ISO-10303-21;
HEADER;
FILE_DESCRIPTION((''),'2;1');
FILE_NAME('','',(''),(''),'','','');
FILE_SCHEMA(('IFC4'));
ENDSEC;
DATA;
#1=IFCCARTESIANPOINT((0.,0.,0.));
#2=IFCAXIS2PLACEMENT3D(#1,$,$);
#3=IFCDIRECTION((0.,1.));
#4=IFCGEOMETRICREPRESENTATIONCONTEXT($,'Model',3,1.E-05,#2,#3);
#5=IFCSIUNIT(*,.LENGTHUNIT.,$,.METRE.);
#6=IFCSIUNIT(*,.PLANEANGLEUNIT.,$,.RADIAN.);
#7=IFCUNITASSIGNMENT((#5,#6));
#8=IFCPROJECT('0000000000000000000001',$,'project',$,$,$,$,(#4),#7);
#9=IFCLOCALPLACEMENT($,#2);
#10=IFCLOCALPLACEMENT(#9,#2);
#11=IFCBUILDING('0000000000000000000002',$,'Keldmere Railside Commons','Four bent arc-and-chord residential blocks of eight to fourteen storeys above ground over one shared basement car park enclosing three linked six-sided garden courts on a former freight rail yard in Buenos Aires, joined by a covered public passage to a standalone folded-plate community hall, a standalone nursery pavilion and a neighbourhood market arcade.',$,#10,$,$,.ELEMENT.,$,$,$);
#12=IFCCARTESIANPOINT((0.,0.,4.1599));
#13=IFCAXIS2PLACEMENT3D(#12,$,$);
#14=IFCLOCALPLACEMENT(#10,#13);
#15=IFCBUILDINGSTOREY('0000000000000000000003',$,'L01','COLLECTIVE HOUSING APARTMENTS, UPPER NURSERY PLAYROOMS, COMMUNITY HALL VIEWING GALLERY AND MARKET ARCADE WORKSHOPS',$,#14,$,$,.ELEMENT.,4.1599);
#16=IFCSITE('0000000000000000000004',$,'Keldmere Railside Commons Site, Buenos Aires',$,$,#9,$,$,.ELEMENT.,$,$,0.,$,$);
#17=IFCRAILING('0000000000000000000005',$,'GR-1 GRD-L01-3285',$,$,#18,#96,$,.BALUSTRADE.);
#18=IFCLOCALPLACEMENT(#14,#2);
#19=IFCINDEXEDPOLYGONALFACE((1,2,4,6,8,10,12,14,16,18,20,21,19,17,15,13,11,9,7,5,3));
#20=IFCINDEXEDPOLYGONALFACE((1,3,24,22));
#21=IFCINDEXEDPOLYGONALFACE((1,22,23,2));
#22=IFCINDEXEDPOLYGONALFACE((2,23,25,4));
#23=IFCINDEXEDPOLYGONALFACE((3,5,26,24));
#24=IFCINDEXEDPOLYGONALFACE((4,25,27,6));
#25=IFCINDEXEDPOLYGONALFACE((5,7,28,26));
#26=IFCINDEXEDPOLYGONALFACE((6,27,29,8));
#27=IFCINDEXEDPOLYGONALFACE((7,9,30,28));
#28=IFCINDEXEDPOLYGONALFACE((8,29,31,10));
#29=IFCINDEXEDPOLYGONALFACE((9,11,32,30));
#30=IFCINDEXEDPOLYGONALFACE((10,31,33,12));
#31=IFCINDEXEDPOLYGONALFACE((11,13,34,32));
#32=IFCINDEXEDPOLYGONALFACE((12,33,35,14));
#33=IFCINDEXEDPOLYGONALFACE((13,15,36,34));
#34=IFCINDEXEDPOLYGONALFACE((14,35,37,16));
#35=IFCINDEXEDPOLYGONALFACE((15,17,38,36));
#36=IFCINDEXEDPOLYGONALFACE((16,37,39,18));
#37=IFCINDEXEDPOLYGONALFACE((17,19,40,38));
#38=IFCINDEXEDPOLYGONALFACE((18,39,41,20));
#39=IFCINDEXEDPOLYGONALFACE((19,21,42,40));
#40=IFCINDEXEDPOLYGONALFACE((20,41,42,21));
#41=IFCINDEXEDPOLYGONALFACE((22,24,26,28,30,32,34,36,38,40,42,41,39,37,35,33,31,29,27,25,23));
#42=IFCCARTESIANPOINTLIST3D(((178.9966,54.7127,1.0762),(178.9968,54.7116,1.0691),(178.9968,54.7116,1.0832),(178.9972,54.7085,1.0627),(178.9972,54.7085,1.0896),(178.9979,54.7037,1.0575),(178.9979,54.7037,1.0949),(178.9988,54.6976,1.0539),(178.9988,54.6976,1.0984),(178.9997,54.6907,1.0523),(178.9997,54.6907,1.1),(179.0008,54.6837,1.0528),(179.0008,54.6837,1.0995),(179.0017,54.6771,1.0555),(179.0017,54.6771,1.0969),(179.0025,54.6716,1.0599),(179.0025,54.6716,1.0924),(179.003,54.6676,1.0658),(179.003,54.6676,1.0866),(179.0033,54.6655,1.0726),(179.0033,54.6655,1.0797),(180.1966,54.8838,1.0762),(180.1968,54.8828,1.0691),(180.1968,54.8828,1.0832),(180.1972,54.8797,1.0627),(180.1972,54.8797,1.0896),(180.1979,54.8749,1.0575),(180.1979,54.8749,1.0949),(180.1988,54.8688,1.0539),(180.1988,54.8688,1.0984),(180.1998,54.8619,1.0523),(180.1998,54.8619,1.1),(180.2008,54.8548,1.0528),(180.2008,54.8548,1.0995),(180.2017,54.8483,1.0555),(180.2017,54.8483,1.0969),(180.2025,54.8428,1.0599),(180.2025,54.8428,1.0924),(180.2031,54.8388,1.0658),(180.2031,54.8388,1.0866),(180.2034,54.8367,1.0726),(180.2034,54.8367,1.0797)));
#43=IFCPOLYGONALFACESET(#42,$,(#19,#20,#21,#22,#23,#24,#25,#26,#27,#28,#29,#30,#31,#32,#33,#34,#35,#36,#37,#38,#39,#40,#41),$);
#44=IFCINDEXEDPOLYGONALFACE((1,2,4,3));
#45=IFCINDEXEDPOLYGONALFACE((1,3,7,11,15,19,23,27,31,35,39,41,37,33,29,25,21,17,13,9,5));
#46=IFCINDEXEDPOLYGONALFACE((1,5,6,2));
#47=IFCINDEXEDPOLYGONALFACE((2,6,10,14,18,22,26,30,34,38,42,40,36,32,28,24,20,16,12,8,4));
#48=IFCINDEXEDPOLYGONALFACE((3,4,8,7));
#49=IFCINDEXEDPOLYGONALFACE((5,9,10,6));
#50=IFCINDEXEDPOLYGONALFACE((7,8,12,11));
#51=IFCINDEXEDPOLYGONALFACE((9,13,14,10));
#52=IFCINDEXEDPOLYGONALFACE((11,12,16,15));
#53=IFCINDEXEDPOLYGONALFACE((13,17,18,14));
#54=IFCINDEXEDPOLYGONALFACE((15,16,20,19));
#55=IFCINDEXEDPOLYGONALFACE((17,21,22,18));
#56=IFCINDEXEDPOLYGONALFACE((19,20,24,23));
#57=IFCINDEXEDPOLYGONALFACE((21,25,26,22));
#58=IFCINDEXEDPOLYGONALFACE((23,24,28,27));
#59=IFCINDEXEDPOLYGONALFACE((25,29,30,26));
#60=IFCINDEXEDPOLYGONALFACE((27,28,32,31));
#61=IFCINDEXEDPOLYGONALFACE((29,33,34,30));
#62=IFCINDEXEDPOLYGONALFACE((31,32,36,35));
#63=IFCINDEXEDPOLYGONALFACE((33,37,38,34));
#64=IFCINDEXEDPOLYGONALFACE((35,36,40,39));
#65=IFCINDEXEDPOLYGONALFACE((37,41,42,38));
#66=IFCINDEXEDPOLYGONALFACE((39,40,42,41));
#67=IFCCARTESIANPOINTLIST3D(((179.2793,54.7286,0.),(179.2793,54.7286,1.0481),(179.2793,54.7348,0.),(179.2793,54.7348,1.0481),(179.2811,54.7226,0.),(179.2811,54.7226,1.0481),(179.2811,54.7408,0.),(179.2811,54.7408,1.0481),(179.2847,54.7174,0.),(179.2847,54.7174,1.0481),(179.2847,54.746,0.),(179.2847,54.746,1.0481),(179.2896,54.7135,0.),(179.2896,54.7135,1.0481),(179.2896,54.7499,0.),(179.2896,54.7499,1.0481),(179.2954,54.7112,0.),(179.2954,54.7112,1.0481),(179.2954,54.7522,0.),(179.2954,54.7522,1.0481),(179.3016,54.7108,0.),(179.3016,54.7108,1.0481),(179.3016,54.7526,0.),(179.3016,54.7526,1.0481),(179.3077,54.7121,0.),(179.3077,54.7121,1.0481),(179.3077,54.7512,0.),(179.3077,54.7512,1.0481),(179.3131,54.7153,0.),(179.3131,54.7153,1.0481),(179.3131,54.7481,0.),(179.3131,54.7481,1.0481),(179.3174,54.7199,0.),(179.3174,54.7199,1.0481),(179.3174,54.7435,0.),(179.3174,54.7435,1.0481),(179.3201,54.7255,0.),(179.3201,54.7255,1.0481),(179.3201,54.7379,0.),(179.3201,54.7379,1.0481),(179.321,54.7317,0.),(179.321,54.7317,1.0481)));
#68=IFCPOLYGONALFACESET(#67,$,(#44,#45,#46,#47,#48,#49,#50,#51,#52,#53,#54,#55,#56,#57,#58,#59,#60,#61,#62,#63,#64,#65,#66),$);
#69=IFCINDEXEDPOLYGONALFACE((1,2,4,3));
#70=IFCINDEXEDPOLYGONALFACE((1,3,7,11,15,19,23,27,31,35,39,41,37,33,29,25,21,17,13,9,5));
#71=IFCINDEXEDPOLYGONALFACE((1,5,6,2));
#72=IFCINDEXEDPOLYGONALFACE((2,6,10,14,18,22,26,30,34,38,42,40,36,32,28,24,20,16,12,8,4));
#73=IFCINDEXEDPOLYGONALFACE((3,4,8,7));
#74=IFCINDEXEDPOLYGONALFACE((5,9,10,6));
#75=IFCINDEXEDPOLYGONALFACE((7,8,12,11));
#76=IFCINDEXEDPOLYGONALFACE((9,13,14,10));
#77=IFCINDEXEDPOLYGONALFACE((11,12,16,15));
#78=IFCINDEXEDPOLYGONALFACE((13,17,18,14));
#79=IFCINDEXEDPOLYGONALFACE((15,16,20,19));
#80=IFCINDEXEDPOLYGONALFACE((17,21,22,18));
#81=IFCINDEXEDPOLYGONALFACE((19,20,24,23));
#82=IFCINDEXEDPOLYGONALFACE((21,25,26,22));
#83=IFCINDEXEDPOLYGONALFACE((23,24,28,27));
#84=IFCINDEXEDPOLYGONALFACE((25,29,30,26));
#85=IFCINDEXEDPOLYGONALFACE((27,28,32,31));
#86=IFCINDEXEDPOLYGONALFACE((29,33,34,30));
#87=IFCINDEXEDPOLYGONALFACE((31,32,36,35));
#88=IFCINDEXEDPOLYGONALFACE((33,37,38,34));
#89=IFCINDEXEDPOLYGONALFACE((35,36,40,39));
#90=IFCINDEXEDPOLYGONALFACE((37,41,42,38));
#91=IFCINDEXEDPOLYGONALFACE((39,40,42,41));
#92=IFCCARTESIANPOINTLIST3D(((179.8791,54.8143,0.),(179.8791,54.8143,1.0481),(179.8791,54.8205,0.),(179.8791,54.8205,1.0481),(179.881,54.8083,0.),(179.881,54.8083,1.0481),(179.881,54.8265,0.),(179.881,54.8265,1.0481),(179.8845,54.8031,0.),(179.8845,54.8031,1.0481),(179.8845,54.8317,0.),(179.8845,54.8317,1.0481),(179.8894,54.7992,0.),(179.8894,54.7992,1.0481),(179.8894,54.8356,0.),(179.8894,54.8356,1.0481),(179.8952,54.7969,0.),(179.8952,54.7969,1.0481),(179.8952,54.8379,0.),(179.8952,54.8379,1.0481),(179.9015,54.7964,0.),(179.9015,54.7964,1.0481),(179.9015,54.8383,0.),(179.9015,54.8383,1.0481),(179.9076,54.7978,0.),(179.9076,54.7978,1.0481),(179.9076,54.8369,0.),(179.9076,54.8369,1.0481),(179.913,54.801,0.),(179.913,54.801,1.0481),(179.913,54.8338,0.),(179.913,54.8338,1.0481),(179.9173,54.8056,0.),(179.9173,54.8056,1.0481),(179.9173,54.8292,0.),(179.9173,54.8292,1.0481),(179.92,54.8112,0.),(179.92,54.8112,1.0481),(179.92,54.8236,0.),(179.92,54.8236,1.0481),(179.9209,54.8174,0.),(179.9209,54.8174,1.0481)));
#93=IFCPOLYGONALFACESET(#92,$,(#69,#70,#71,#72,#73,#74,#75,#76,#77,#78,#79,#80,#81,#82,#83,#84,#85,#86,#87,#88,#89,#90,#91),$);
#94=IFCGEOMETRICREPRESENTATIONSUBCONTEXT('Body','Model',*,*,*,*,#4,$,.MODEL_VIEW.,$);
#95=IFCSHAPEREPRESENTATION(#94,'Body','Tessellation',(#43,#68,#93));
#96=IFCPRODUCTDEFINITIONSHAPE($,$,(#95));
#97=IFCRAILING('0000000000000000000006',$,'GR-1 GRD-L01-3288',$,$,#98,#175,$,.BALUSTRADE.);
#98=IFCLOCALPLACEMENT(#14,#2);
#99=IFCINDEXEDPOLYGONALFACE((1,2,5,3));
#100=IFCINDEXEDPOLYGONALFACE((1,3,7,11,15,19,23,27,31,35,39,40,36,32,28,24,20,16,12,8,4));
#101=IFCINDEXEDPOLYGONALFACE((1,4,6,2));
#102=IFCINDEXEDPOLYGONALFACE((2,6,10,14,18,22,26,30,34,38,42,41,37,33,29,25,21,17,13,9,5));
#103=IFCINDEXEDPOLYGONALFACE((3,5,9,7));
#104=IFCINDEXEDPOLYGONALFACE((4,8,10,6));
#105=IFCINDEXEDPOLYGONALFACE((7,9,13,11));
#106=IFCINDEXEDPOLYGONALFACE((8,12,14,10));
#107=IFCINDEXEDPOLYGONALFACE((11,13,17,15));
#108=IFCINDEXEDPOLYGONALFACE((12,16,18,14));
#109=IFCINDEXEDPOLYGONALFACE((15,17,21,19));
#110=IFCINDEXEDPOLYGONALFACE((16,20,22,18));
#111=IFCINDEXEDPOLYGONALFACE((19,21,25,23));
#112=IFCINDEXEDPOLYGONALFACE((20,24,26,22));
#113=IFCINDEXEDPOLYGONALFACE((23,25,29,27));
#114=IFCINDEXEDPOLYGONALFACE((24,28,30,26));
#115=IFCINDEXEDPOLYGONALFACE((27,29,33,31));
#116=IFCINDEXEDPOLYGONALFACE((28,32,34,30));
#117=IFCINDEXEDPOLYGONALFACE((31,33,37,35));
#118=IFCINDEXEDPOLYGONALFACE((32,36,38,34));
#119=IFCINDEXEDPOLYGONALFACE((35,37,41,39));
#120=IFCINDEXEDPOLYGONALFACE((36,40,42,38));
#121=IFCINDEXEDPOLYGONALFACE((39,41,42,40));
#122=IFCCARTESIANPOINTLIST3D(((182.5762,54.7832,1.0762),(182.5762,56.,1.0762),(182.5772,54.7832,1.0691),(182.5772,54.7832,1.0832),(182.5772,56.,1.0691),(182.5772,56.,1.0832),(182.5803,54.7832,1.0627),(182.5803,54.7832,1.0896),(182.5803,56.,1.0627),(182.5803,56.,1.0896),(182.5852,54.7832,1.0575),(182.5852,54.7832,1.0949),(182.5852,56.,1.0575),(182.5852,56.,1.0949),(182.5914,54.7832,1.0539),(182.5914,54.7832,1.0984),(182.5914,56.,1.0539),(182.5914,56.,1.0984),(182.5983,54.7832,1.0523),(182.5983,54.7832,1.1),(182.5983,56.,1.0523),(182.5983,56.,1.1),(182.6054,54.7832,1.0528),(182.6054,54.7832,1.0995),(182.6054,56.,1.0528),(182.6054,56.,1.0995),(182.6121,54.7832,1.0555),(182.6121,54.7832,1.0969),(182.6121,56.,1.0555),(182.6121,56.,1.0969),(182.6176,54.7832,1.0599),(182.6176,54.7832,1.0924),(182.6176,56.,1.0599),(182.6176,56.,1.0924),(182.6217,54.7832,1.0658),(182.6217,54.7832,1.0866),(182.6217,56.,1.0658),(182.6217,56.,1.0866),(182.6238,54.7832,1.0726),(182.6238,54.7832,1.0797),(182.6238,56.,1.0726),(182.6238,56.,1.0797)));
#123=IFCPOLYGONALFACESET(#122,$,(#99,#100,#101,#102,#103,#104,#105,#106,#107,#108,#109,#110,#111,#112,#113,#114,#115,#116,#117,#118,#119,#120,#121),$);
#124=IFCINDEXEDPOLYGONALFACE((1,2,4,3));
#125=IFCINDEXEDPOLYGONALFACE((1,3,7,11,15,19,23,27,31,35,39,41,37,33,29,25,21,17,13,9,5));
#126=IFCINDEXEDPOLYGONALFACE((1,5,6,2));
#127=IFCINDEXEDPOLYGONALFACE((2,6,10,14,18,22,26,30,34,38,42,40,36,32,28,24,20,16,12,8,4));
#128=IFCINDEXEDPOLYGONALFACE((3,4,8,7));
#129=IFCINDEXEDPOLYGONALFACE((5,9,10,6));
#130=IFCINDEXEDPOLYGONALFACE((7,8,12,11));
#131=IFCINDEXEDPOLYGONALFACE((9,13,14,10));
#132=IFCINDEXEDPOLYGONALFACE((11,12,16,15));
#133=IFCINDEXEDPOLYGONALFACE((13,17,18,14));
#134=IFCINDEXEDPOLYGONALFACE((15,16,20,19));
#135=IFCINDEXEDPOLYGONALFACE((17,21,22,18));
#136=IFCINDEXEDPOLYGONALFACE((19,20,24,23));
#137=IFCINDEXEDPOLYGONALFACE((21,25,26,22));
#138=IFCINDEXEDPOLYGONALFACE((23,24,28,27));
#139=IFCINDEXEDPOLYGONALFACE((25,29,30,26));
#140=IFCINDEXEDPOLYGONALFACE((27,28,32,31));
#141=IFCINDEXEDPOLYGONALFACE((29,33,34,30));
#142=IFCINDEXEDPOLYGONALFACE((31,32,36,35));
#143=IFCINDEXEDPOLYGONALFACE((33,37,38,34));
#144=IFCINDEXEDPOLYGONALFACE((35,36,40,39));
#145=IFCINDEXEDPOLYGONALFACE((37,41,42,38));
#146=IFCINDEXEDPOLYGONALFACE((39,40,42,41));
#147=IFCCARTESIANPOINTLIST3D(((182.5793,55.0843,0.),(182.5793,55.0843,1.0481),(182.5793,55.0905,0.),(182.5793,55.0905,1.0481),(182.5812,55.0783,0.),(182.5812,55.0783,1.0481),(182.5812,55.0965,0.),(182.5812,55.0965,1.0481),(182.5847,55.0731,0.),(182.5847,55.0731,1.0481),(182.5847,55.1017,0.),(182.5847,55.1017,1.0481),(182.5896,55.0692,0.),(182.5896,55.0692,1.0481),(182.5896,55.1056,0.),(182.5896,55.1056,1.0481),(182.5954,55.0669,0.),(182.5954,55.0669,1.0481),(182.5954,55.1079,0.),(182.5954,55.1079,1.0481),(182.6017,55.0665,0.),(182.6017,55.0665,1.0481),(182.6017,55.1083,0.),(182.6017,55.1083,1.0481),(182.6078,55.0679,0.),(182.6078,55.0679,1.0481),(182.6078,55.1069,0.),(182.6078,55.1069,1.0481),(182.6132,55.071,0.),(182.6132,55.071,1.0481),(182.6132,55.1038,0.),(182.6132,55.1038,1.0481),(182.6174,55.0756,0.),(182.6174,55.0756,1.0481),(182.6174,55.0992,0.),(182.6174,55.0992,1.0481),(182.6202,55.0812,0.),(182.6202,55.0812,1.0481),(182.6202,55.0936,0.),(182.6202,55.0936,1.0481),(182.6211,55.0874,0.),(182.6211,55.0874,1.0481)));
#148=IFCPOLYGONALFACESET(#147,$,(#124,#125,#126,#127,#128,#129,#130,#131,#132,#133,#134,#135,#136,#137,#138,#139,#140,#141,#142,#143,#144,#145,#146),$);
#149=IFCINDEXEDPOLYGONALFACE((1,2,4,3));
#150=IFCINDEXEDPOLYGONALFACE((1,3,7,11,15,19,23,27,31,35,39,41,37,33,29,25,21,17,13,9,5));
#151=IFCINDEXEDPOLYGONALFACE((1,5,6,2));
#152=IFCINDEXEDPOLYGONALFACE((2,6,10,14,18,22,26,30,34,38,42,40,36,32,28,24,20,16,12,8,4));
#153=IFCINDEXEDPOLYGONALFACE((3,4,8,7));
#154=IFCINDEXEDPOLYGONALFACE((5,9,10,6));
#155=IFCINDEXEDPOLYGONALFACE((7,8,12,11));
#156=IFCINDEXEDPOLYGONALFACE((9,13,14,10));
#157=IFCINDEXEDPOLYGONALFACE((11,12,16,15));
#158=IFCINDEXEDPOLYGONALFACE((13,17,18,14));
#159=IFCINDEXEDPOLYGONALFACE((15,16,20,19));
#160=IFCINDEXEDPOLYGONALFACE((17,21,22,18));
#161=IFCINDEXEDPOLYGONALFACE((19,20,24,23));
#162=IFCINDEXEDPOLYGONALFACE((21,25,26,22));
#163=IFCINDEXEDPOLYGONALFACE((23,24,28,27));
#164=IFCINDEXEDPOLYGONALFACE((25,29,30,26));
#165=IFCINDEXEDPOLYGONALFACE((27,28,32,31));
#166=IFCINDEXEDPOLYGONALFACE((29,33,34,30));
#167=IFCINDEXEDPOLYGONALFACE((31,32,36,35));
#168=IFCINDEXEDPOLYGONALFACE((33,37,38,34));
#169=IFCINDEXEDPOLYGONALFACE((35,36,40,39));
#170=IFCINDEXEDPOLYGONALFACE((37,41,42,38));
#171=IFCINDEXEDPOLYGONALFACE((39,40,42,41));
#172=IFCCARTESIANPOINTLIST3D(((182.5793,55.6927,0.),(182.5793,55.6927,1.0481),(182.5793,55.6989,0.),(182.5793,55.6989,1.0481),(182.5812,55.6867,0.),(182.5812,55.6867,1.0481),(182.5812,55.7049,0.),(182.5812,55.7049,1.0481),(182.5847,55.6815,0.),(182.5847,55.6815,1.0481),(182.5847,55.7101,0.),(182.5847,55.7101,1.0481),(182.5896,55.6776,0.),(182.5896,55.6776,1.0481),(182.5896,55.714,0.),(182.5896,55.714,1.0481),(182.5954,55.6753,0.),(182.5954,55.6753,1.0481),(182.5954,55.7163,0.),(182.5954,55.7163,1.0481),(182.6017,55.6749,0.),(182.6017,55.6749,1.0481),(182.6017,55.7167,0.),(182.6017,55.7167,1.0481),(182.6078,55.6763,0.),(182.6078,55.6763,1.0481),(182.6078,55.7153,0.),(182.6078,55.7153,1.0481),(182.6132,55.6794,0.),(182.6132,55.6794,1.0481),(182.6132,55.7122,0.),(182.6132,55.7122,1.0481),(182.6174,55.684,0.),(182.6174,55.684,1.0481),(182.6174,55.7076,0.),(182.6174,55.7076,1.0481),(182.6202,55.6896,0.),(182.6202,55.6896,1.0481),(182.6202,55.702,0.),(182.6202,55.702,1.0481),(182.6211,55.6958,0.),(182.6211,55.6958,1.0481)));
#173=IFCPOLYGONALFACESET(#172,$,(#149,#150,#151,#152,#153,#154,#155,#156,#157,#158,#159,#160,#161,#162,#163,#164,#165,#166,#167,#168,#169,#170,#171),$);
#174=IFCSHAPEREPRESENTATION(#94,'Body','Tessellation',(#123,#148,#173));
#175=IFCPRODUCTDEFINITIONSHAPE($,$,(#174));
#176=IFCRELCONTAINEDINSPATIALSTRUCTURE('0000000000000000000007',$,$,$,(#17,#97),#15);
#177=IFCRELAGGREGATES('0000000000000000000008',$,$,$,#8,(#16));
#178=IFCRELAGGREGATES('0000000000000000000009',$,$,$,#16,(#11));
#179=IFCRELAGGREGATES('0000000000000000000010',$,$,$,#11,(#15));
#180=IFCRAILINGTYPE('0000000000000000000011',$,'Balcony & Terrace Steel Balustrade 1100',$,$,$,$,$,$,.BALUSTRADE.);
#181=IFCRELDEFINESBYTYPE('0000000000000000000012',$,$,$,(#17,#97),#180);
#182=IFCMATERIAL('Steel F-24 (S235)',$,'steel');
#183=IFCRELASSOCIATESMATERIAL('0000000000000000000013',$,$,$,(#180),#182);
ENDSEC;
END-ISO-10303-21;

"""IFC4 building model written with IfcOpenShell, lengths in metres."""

from ifc_helpers import new_model, si_unit, direction, frame, origin, origin_2d, place, context, subcontext, project, spatial, circle, extrude, material, type_object, element, save


model = new_model("IFC4")

# Units and contexts
model_context = context("Model", 3, precision=1e-05, world=origin(), true_north=direction((0.0, 1.0)))
body_context = subcontext(model_context, "Body", "Model", "MODEL_VIEW")
ifc_project = project(units=[si_unit("LENGTHUNIT", "METRE"), si_unit("PLANEANGLEUNIT", "RADIAN")], contexts=[model_context])

# Site, building, storey
site_placement = place(None, origin())
site = spatial("IfcSite", under=ifc_project, at=site_placement, Name="Keldmere Railside Commons Site, Buenos Aires", CompositionType="ELEMENT", RefElevation=0.0)
building_placement = place(site_placement, origin())
building = spatial("IfcBuilding", under=site, at=building_placement, Name="Keldmere Railside Commons", Description="Four bent arc-and-chord residential blocks of eight to fourteen storeys above ground over one shared basement car park enclosing three linked six-sided garden courts on a former freight rail yard in Buenos Aires, joined by a covered public passage to a standalone folded-plate community hall, a standalone nursery pavilion and a neighbourhood market arcade.", CompositionType="ELEMENT")
storey_placement = place(building_placement, frame((0.0, 0.0, 4.1599)))
storey = spatial("IfcBuildingStorey", under=building, at=storey_placement, Name="L01", Description="COLLECTIVE HOUSING APARTMENTS, UPPER NURSERY PLAYROOMS, COMMUNITY HALL VIEWING GALLERY AND MARKET ARCADE WORKSHOPS", CompositionType="ELEMENT", Elevation=4.1599)

# Railings
ifc_material_1 = material(Name="Steel F-24 (S235)", Category="steel")
railing_type = type_object("IfcRailingType", Name="Balcony & Terrace Steel Balustrade 1100", PredefinedType="BALUSTRADE", material=ifc_material_1)
railing_1_placement = place(storey_placement, frame((179.0, 54.689, 0.0)))
element("IfcRailing", 1, at=railing_1_placement, inside=storey, type_object=railing_type, Name="GR-1 GRD-L01-3285", PredefinedType="BALUSTRADE", context=body_context, shape_type="SweptSolid", body=[
    extrude(circle(Radius=0.0239, at=origin_2d()), frame((0.0, 0.0, 1.0762), z_axis=(0.989982, 0.141196, 0.0), x_axis=(-0.141196, 0.989982, 0.0)), (0.0, 0.0, 1.0), 1.2122),
    extrude(circle(Radius=0.021, at=origin_2d()), frame((0.3, 0.0427, 0.0)), (0.0, 0.0, 1.0), 1.0481),
    extrude(circle(Radius=0.021, at=origin_2d()), frame((0.8999, 0.1284, 0.0)), (0.0, 0.0, 1.0), 1.0481),
])
railing_2_placement = place(storey_placement, frame((182.6001, 54.7832, 0.0)))
element("IfcRailing", 2, at=railing_2_placement, inside=storey, type_object=railing_type, Name="GR-1 GRD-L01-3288", PredefinedType="BALUSTRADE", context=body_context, shape_type="SweptSolid", body=[
    extrude(circle(Radius=0.0239, at=origin_2d()), frame((0.0, 0.0, 1.0762), z_axis=(0.0, 1.0, 0.0), x_axis=(-1.0, 0.0, 0.0)), (0.0, 0.0, 1.0), 1.2168),
    extrude(circle(Radius=0.021, at=origin_2d()), frame((0.0, 0.3042, 0.0)), (0.0, 0.0, 1.0), 1.0481),
    extrude(circle(Radius=0.021, at=origin_2d()), frame((0.0, 0.9126, 0.0)), (0.0, 0.0, 1.0), 1.0481),
])

save(model, "model.ifc")
